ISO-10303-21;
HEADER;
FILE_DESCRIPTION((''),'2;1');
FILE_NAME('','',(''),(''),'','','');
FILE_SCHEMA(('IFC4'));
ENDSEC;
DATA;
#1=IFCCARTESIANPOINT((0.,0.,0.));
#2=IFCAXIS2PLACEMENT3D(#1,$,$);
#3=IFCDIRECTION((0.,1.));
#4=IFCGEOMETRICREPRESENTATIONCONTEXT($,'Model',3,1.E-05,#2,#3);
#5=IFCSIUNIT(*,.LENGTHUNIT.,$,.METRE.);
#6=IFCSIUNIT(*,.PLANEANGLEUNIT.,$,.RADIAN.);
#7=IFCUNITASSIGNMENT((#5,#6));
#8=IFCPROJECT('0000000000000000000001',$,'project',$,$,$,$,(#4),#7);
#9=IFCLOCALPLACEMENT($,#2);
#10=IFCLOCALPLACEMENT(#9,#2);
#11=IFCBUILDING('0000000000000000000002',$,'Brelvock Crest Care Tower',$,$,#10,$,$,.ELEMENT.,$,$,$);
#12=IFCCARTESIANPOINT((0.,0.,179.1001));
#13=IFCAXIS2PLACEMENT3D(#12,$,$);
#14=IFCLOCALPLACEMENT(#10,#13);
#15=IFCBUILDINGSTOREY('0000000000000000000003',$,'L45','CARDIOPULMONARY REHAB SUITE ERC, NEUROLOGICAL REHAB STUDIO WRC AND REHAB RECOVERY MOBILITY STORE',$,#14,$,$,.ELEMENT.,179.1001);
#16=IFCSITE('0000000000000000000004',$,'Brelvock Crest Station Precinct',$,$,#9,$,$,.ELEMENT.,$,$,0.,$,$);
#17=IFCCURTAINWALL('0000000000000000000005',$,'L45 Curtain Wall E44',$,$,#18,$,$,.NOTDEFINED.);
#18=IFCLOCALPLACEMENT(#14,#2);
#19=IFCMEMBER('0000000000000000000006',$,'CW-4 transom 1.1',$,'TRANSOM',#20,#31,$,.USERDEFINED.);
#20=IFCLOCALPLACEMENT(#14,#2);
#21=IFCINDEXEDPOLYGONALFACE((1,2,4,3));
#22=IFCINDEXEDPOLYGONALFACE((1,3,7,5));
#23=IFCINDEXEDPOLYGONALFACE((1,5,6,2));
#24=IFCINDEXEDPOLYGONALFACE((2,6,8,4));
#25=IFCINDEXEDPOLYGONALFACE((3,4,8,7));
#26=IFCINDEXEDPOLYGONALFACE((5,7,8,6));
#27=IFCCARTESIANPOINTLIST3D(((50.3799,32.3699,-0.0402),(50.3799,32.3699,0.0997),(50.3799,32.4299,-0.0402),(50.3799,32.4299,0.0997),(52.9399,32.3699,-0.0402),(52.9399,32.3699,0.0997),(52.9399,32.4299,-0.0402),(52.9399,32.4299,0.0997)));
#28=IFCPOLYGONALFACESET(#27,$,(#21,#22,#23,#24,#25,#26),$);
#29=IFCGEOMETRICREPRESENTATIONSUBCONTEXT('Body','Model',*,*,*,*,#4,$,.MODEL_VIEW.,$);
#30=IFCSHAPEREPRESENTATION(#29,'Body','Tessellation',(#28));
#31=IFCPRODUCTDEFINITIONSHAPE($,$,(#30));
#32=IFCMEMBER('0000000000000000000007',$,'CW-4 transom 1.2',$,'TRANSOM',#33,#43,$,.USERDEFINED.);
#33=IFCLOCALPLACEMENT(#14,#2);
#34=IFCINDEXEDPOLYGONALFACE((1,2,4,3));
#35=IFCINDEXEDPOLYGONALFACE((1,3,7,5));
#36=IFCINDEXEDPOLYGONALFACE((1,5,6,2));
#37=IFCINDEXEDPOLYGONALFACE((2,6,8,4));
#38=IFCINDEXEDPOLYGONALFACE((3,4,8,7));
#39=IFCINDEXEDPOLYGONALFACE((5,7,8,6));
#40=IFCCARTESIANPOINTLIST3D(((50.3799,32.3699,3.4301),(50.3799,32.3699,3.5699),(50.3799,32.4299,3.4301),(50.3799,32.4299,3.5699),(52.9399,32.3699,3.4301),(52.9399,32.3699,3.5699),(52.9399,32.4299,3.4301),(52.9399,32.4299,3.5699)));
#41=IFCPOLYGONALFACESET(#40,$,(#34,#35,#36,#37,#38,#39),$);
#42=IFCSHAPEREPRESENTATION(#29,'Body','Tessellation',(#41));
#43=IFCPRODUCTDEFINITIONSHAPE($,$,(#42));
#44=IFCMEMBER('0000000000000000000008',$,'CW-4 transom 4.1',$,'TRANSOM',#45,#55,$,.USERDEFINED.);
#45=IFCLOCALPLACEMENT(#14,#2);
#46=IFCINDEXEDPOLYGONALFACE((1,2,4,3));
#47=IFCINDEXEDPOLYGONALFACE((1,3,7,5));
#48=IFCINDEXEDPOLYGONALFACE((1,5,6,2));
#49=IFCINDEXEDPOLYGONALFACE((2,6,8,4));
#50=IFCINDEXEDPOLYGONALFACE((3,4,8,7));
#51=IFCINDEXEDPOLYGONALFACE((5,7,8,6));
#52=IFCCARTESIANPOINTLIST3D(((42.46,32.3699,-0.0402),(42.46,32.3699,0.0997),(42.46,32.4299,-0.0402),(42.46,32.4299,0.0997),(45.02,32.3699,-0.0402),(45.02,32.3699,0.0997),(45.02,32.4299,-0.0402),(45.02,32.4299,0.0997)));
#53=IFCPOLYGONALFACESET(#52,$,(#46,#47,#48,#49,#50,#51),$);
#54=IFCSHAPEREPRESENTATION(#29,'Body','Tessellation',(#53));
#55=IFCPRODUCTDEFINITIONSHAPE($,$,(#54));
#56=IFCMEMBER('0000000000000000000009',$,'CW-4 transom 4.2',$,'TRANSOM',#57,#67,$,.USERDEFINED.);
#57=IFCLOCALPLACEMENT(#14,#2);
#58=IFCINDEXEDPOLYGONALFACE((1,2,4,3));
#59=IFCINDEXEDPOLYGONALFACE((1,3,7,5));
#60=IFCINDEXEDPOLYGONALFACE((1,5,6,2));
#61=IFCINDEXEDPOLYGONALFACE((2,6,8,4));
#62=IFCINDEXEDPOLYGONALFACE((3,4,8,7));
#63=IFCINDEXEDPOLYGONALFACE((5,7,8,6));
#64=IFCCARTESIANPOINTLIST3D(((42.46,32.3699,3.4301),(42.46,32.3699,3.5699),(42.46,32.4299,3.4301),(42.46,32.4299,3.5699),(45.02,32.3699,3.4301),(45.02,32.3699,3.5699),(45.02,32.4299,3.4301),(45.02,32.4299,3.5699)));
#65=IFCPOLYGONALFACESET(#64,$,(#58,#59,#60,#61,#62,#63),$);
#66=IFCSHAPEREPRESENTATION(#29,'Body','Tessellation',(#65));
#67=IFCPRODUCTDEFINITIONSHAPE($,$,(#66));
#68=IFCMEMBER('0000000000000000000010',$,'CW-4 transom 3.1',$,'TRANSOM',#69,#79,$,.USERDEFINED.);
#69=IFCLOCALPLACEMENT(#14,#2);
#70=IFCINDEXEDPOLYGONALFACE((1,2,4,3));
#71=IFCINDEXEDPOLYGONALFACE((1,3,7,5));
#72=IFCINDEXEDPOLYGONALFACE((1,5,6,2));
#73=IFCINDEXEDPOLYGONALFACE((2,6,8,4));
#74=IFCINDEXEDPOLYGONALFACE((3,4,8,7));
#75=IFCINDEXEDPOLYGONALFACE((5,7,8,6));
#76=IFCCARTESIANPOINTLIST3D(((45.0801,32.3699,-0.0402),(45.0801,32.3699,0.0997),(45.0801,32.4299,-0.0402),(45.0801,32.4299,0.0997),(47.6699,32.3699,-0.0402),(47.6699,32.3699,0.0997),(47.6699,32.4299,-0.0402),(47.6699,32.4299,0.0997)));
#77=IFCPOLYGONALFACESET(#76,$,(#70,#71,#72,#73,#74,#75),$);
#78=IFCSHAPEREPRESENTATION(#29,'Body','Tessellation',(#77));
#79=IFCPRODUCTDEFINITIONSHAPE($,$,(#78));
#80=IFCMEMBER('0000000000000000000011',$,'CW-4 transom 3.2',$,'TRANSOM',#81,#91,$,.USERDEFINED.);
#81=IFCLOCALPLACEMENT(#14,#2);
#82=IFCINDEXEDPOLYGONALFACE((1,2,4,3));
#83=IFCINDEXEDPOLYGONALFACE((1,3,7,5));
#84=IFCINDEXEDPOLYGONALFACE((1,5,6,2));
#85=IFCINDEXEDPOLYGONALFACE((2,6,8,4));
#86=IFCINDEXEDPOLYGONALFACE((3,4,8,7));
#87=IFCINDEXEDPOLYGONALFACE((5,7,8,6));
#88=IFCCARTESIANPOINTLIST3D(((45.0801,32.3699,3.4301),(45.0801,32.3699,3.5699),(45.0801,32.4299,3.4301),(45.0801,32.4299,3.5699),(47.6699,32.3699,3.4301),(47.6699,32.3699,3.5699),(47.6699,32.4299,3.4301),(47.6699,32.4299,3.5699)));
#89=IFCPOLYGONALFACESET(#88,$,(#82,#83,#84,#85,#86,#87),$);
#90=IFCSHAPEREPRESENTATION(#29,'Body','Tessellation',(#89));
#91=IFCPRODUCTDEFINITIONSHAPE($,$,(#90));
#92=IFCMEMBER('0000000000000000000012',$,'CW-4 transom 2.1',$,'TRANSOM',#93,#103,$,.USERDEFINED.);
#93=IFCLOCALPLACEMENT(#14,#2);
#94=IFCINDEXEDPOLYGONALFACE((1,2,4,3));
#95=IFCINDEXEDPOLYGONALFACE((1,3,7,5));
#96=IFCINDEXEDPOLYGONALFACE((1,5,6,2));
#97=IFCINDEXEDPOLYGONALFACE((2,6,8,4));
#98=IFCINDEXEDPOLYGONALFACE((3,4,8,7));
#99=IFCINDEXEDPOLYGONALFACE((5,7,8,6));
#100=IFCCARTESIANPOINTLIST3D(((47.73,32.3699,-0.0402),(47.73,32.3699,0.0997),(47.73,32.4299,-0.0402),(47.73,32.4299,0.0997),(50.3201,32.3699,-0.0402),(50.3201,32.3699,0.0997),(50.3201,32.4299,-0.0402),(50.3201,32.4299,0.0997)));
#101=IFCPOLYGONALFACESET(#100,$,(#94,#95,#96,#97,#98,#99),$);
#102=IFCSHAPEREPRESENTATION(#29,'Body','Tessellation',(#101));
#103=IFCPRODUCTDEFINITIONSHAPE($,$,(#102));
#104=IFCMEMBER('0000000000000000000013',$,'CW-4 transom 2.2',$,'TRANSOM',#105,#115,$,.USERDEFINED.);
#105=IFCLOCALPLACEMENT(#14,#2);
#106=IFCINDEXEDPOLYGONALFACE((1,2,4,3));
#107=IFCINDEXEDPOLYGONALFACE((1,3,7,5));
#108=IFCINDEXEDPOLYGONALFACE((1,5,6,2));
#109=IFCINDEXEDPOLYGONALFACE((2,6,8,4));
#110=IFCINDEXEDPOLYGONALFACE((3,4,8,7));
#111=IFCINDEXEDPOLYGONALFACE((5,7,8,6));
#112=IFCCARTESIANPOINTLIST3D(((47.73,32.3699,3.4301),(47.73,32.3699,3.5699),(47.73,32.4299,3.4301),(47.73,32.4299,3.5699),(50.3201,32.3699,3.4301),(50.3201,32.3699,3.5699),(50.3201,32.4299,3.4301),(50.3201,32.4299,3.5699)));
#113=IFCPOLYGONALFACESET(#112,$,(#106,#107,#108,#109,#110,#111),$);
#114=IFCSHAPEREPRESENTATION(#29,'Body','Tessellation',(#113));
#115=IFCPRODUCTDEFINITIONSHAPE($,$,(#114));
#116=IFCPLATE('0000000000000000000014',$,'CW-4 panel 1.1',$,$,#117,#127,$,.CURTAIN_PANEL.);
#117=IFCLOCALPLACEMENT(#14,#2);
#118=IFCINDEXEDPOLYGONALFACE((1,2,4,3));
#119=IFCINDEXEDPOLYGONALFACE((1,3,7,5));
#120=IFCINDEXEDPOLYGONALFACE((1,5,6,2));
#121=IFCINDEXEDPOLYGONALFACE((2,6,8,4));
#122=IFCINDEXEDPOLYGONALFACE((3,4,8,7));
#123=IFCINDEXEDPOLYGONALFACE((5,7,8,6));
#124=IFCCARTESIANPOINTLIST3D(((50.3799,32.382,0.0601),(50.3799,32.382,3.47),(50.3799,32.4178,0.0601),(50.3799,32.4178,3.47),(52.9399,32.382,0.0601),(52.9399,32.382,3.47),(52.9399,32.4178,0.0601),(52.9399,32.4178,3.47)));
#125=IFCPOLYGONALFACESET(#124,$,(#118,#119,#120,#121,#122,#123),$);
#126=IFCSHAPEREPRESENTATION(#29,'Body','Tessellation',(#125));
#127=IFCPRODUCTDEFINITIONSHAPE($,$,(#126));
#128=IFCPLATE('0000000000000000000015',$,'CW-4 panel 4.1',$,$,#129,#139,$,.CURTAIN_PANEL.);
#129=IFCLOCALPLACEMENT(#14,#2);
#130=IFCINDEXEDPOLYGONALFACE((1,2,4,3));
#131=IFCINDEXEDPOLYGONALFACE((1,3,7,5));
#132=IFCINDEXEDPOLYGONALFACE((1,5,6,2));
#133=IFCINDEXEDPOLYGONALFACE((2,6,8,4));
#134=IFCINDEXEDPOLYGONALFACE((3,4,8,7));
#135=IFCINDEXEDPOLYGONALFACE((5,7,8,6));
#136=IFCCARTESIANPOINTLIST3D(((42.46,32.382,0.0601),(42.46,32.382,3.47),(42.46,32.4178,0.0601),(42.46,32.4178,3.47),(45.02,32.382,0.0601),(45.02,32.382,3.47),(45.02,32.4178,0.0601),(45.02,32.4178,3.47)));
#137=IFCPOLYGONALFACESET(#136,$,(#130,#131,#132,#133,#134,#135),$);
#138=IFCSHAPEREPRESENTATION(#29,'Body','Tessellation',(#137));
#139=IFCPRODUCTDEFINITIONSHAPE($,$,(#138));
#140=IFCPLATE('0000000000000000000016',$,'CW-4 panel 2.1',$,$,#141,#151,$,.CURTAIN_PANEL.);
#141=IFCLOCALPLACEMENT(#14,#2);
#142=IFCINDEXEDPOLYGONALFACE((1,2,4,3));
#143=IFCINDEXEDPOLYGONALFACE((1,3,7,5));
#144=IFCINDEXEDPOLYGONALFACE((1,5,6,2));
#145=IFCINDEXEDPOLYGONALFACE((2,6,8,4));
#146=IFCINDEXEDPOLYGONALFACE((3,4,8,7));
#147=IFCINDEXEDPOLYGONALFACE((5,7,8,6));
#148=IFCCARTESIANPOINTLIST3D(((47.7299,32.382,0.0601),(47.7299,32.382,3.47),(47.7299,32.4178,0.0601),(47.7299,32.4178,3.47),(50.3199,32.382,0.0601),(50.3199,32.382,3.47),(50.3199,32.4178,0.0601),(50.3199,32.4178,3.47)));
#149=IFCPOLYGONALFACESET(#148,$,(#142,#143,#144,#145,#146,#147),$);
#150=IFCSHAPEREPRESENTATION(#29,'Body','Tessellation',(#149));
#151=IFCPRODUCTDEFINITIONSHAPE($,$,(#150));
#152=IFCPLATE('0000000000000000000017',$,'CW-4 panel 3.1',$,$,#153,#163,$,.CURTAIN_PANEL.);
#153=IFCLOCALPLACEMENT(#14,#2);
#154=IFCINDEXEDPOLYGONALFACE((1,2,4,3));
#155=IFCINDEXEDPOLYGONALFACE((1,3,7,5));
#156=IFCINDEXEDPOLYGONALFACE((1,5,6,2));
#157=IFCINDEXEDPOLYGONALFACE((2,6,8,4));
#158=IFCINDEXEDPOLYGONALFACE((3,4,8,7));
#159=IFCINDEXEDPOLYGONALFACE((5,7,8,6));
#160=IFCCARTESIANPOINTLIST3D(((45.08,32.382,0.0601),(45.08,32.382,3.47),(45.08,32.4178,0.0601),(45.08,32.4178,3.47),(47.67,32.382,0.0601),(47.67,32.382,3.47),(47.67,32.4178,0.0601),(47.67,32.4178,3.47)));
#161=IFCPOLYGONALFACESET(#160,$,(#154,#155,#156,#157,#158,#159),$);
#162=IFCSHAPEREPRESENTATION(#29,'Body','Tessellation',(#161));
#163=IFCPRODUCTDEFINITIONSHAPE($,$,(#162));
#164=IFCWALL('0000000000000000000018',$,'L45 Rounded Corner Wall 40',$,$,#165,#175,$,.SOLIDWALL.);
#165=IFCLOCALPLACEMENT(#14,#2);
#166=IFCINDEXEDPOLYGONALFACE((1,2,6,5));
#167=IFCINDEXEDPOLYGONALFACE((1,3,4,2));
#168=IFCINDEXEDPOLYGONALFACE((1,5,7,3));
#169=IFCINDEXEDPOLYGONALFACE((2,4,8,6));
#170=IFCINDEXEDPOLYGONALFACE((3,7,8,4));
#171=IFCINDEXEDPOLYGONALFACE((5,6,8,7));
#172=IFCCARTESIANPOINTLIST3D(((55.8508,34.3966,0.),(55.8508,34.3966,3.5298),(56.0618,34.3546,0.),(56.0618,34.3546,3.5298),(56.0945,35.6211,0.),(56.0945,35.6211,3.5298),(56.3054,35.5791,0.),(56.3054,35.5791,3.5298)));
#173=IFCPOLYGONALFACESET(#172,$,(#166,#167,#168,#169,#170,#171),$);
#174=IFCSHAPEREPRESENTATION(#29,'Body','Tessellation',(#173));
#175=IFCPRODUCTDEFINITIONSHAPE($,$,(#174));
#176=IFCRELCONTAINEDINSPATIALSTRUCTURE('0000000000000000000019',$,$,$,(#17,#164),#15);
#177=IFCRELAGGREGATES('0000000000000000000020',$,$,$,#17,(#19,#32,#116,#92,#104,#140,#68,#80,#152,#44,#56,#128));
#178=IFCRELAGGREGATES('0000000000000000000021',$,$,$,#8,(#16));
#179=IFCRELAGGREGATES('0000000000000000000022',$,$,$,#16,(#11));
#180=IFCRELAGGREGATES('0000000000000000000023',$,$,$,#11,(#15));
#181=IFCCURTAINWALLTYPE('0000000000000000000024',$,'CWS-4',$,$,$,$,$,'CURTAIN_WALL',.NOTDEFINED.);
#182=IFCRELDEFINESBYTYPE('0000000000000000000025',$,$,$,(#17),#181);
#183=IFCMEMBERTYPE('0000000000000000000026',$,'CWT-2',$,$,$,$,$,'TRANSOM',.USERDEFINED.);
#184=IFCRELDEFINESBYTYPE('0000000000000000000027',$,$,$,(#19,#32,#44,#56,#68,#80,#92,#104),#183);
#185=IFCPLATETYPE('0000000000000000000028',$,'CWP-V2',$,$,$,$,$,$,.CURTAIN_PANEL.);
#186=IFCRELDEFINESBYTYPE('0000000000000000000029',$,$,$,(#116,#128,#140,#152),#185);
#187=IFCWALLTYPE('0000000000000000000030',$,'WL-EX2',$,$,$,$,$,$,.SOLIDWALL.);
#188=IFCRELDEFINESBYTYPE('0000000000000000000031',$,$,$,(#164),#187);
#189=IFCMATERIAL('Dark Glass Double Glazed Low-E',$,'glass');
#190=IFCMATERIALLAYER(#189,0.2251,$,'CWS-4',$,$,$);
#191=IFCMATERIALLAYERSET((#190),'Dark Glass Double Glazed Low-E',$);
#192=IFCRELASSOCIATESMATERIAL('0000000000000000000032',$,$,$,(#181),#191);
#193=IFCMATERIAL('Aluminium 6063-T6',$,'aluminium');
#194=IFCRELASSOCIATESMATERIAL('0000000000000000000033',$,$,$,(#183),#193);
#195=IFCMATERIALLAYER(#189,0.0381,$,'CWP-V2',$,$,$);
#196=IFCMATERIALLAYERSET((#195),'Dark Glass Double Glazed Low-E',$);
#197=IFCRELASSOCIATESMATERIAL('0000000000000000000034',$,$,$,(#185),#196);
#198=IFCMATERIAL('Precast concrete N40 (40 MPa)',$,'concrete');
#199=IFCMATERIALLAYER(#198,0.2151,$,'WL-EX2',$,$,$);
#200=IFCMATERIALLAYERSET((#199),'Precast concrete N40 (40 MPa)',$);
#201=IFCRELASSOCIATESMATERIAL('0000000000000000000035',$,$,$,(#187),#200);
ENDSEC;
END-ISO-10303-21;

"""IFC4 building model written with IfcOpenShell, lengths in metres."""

from ifc_helpers import new_model, si_unit, direction, frame, frame_2d, origin, origin_2d, place, context, subcontext, project, spatial, rectangle, extrude, source, transform, mapped, material, layer, layer_set, material_profile, profile_set, type_object, element, aggregate, save


model = new_model("IFC4")

# Units and contexts
model_context = context("Model", 3, precision=1e-05, world=origin(), true_north=direction((0.0, 1.0)))
body_context = subcontext(model_context, "Body", "Model", "MODEL_VIEW")
ifc_project = project(units=[si_unit("LENGTHUNIT", "METRE"), si_unit("PLANEANGLEUNIT", "RADIAN")], contexts=[model_context])

# Site, building, storey
site_placement = place(None, origin())
site = spatial("IfcSite", under=ifc_project, at=site_placement, Name="Brelvock Crest Station Precinct", CompositionType="ELEMENT", RefElevation=0.0)
building_placement = place(site_placement, origin())
building = spatial("IfcBuilding", under=site, at=building_placement, Name="Brelvock Crest Care Tower", CompositionType="ELEMENT")
storey_placement = place(building_placement, frame((0.0, 0.0, 179.1001)))
storey = spatial("IfcBuildingStorey", under=building, at=storey_placement, Name="L45", Description="CARDIOPULMONARY REHAB SUITE ERC, NEUROLOGICAL REHAB STUDIO WRC AND REHAB RECOVERY MOBILITY STORE", CompositionType="ELEMENT", Elevation=179.1001)

# Shared definitions
ifc_material_1 = material(Name="Dark Glass Double Glazed Low-E", Category="glass")
ifc_layer_1 = layer(ifc_material_1, 0.2251, Name="CWS-4")
ifc_layer_set_1 = layer_set([ifc_layer_1], Name="Dark Glass Double Glazed Low-E")
curtain_wall_type = type_object("IfcCurtainWallType", Name="CWS-4", ElementType="CURTAIN_WALL", PredefinedType="NOTDEFINED", material=ifc_layer_set_1)
ifc_material_2 = material(Name="Aluminium 6063-T6", Category="aluminium")

# Curtain wall, members, plates
curtain_wall_1_placement = place(storey_placement, origin())
curtain_wall_1 = element("IfcCurtainWall", 1, at=curtain_wall_1_placement, inside=storey, type_object=curtain_wall_type, Name="L45 Curtain Wall E44", PredefinedType="NOTDEFINED")
ifc_material_profile_1 = material_profile(ifc_material_2, rectangle(XDim=0.0601, YDim=0.1399, at=origin_2d()), Name="ALU60x140")
ifc_profile_set_1 = profile_set([ifc_material_profile_1], Name="Aluminium 6063-T6")
member_type_1 = type_object("IfcMemberType", Name="CWT-2", ElementType="TRANSOM", PredefinedType="USERDEFINED", material=ifc_profile_set_1)
shared_shape_1 = source(origin(), body_context, "Body", "SweptSolid", [
    extrude(rectangle(XDim=0.0601, YDim=0.1399, at=origin_2d()), origin(), (0.0, 0.0, 1.0), 2.5601),
])
member_1_placement = place(storey_placement, frame((52.9399, 32.3999, 0.0298), z_axis=(-1.0, 0.0, 0.0), x_axis=(0.0, -1.0, 0.0)))
member_1 = element("IfcMember", 2, at=member_1_placement, type_object=member_type_1, Name="CW-4 transom 1.1", ObjectType="TRANSOM", PredefinedType="USERDEFINED", context=body_context, shape_type="MappedRepresentation", body=[
    mapped(shared_shape_1, transform((0.0, 0.0, 0.0), x_axis=(1.0, 0.0, 0.0), y_axis=(0.0, 1.0, 0.0), z_axis=(0.0, 0.0, 1.0), scale=1.0)),
])
member_2_placement = place(storey_placement, frame((52.9399, 32.3999, 3.5), z_axis=(-1.0, 0.0, 0.0), x_axis=(0.0, -1.0, 0.0)))
member_2 = element("IfcMember", 3, at=member_2_placement, type_object=member_type_1, Name="CW-4 transom 1.2", ObjectType="TRANSOM", PredefinedType="USERDEFINED", context=body_context, shape_type="MappedRepresentation", body=[
    mapped(shared_shape_1, transform((0.0, 0.0, 0.0), x_axis=(1.0, 0.0, 0.0), y_axis=(0.0, 1.0, 0.0), z_axis=(0.0, 0.0, 1.0), scale=1.0)),
])
member_3_placement = place(storey_placement, frame((45.02, 32.3999, 0.0298), z_axis=(-1.0, 0.0, 0.0), x_axis=(0.0, -1.0, 0.0)))
member_3 = element("IfcMember", 4, at=member_3_placement, type_object=member_type_1, Name="CW-4 transom 4.1", ObjectType="TRANSOM", PredefinedType="USERDEFINED", context=body_context, shape_type="MappedRepresentation", body=[
    mapped(shared_shape_1, transform((0.0, 0.0, 0.0), x_axis=(1.0, 0.0, 0.0), y_axis=(0.0, 1.0, 0.0), z_axis=(0.0, 0.0, 1.0), scale=1.0)),
])
member_4_placement = place(storey_placement, frame((45.02, 32.3999, 3.5), z_axis=(-1.0, 0.0, 0.0), x_axis=(0.0, -1.0, 0.0)))
member_4 = element("IfcMember", 5, at=member_4_placement, type_object=member_type_1, Name="CW-4 transom 4.2", ObjectType="TRANSOM", PredefinedType="USERDEFINED", context=body_context, shape_type="MappedRepresentation", body=[
    mapped(shared_shape_1, transform((0.0, 0.0, 0.0), x_axis=(1.0, 0.0, 0.0), y_axis=(0.0, 1.0, 0.0), z_axis=(0.0, 0.0, 1.0), scale=1.0)),
])
shared_shape_2 = source(origin(), body_context, "Body", "SweptSolid", [
    extrude(rectangle(XDim=0.0601, YDim=0.1399, at=origin_2d()), origin(), (0.0, 0.0, 1.0), 2.5898),
])
member_5_placement = place(storey_placement, frame((47.6699, 32.3999, 0.0298), z_axis=(-1.0, 0.0, 0.0), x_axis=(0.0, -1.0, 0.0)))
member_5 = element("IfcMember", 6, at=member_5_placement, type_object=member_type_1, Name="CW-4 transom 3.1", ObjectType="TRANSOM", PredefinedType="USERDEFINED", context=body_context, shape_type="MappedRepresentation", body=[
    mapped(shared_shape_2, transform((0.0, 0.0, 0.0), x_axis=(1.0, 0.0, 0.0), y_axis=(0.0, 1.0, 0.0), z_axis=(0.0, 0.0, 1.0), scale=1.0)),
])
member_6_placement = place(storey_placement, frame((47.6699, 32.3999, 3.5), z_axis=(-1.0, 0.0, 0.0), x_axis=(0.0, -1.0, 0.0)))
member_6 = element("IfcMember", 7, at=member_6_placement, type_object=member_type_1, Name="CW-4 transom 3.2", ObjectType="TRANSOM", PredefinedType="USERDEFINED", context=body_context, shape_type="MappedRepresentation", body=[
    mapped(shared_shape_2, transform((0.0, 0.0, 0.0), x_axis=(1.0, 0.0, 0.0), y_axis=(0.0, 1.0, 0.0), z_axis=(0.0, 0.0, 1.0), scale=1.0)),
])
shared_shape_3 = source(origin(), body_context, "Body", "SweptSolid", [
    extrude(rectangle(XDim=0.0601, YDim=0.1399, at=origin_2d()), origin(), (0.0, 0.0, 1.0), 2.5901),
])
member_7_placement = place(storey_placement, frame((50.3201, 32.3999, 0.0298), z_axis=(-1.0, 0.0, 0.0), x_axis=(0.0, -1.0, 0.0)))
member_7 = element("IfcMember", 8, at=member_7_placement, type_object=member_type_1, Name="CW-4 transom 2.1", ObjectType="TRANSOM", PredefinedType="USERDEFINED", context=body_context, shape_type="MappedRepresentation", body=[
    mapped(shared_shape_3, transform((0.0, 0.0, 0.0), x_axis=(1.0, 0.0, 0.0), y_axis=(0.0, 1.0, 0.0), z_axis=(0.0, 0.0, 1.0), scale=1.0)),
])
member_8_placement = place(storey_placement, frame((50.3201, 32.3999, 3.5), z_axis=(-1.0, 0.0, 0.0), x_axis=(0.0, -1.0, 0.0)))
member_8 = element("IfcMember", 9, at=member_8_placement, type_object=member_type_1, Name="CW-4 transom 2.2", ObjectType="TRANSOM", PredefinedType="USERDEFINED", context=body_context, shape_type="MappedRepresentation", body=[
    mapped(shared_shape_3, transform((0.0, 0.0, 0.0), x_axis=(1.0, 0.0, 0.0), y_axis=(0.0, 1.0, 0.0), z_axis=(0.0, 0.0, 1.0), scale=1.0)),
])
ifc_layer_2 = layer(ifc_material_1, 0.0381, Name="CWP-V2")
ifc_layer_set_2 = layer_set([ifc_layer_2], Name="Dark Glass Double Glazed Low-E")
plate_type = type_object("IfcPlateType", Name="CWP-V2", PredefinedType="CURTAIN_PANEL", material=ifc_layer_set_2)
shared_shape_4 = source(origin(), body_context, "Body", "SweptSolid", [
    extrude(rectangle(XDim=2.5601, YDim=0.0359, at=origin_2d()), origin(), (0.0, 0.0, 1.0), 3.4099),
])
plate_1_placement = place(storey_placement, frame((51.6599, 32.3999, 0.0601), z_axis=(0.0, 0.0, 1.0), x_axis=(-1.0, 0.0, 0.0)))
plate_1 = element("IfcPlate", 10, at=plate_1_placement, type_object=plate_type, Name="CW-4 panel 1.1", PredefinedType="CURTAIN_PANEL", context=body_context, shape_type="MappedRepresentation", body=[
    mapped(shared_shape_4, transform((0.0, 0.0, 0.0), x_axis=(1.0, 0.0, 0.0), y_axis=(0.0, 1.0, 0.0), z_axis=(0.0, 0.0, 1.0), scale=1.0)),
])
plate_2_placement = place(storey_placement, frame((43.74, 32.3999, 0.0601), z_axis=(0.0, 0.0, 1.0), x_axis=(-1.0, 0.0, 0.0)))
plate_2 = element("IfcPlate", 11, at=plate_2_placement, type_object=plate_type, Name="CW-4 panel 4.1", PredefinedType="CURTAIN_PANEL", context=body_context, shape_type="MappedRepresentation", body=[
    mapped(shared_shape_4, transform((0.0, 0.0, 0.0), x_axis=(1.0, 0.0, 0.0), y_axis=(0.0, 1.0, 0.0), z_axis=(0.0, 0.0, 1.0), scale=1.0)),
])
shared_shape_5 = source(origin(), body_context, "Body", "SweptSolid", [
    extrude(rectangle(XDim=2.5901, YDim=0.0359, at=origin_2d()), origin(), (0.0, 0.0, 1.0), 3.4099),
])
plate_3_placement = place(storey_placement, frame((49.0249, 32.3999, 0.0601), z_axis=(0.0, 0.0, 1.0), x_axis=(-1.0, 0.0, 0.0)))
plate_3 = element("IfcPlate", 12, at=plate_3_placement, type_object=plate_type, Name="CW-4 panel 2.1", PredefinedType="CURTAIN_PANEL", context=body_context, shape_type="MappedRepresentation", body=[
    mapped(shared_shape_5, transform((0.0, 0.0, 0.0), x_axis=(1.0, 0.0, 0.0), y_axis=(0.0, 1.0, 0.0), z_axis=(0.0, 0.0, 1.0), scale=1.0)),
])
plate_4_placement = place(storey_placement, frame((46.375, 32.3999, 0.0601), z_axis=(0.0, 0.0, 1.0), x_axis=(-1.0, 0.0, 0.0)))
plate_4 = element("IfcPlate", 13, at=plate_4_placement, type_object=plate_type, Name="CW-4 panel 3.1", PredefinedType="CURTAIN_PANEL", context=body_context, shape_type="MappedRepresentation", body=[
    mapped(shared_shape_5, transform((0.0, 0.0, 0.0), x_axis=(1.0, 0.0, 0.0), y_axis=(0.0, 1.0, 0.0), z_axis=(0.0, 0.0, 1.0), scale=1.0)),
])
aggregate(curtain_wall_1, [member_1, member_2, plate_1, member_7, member_8, plate_3, member_5, member_6, plate_4, member_3, member_4, plate_2])

# Wall
ifc_material_3 = material(Name="Precast concrete N40 (40 MPa)", Category="concrete")
ifc_layer_3 = layer(ifc_material_3, 0.2151, Name="WL-EX2")
ifc_layer_set_3 = layer_set([ifc_layer_3], Name="Precast concrete N40 (40 MPa)")
wall_type_1 = type_object("IfcWallType", Name="WL-EX2", PredefinedType="SOLIDWALL", material=ifc_layer_set_3)
for number, where, z_axis, x_axis, name in (
    (14, (56.2, 35.6001, 0.0), (0.0, 0.0, 1.0), (-0.195138, -0.980776, 0.0), "L45 Rounded Corner Wall 40"),
):
    element("IfcWall", number, at=place(storey_placement, frame(where, z_axis=z_axis, x_axis=x_axis)), inside=storey, type_object=wall_type_1, Name=name, PredefinedType="SOLIDWALL", context=body_context, shape_type="SweptSolid", body=[
        extrude(rectangle(XDim=1.2485, YDim=0.2151, at=frame_2d((0.6243, 0.0))), origin(), (0.0, 0.0, 1.0), 3.5298),
    ])

save(model, "model.ifc")
